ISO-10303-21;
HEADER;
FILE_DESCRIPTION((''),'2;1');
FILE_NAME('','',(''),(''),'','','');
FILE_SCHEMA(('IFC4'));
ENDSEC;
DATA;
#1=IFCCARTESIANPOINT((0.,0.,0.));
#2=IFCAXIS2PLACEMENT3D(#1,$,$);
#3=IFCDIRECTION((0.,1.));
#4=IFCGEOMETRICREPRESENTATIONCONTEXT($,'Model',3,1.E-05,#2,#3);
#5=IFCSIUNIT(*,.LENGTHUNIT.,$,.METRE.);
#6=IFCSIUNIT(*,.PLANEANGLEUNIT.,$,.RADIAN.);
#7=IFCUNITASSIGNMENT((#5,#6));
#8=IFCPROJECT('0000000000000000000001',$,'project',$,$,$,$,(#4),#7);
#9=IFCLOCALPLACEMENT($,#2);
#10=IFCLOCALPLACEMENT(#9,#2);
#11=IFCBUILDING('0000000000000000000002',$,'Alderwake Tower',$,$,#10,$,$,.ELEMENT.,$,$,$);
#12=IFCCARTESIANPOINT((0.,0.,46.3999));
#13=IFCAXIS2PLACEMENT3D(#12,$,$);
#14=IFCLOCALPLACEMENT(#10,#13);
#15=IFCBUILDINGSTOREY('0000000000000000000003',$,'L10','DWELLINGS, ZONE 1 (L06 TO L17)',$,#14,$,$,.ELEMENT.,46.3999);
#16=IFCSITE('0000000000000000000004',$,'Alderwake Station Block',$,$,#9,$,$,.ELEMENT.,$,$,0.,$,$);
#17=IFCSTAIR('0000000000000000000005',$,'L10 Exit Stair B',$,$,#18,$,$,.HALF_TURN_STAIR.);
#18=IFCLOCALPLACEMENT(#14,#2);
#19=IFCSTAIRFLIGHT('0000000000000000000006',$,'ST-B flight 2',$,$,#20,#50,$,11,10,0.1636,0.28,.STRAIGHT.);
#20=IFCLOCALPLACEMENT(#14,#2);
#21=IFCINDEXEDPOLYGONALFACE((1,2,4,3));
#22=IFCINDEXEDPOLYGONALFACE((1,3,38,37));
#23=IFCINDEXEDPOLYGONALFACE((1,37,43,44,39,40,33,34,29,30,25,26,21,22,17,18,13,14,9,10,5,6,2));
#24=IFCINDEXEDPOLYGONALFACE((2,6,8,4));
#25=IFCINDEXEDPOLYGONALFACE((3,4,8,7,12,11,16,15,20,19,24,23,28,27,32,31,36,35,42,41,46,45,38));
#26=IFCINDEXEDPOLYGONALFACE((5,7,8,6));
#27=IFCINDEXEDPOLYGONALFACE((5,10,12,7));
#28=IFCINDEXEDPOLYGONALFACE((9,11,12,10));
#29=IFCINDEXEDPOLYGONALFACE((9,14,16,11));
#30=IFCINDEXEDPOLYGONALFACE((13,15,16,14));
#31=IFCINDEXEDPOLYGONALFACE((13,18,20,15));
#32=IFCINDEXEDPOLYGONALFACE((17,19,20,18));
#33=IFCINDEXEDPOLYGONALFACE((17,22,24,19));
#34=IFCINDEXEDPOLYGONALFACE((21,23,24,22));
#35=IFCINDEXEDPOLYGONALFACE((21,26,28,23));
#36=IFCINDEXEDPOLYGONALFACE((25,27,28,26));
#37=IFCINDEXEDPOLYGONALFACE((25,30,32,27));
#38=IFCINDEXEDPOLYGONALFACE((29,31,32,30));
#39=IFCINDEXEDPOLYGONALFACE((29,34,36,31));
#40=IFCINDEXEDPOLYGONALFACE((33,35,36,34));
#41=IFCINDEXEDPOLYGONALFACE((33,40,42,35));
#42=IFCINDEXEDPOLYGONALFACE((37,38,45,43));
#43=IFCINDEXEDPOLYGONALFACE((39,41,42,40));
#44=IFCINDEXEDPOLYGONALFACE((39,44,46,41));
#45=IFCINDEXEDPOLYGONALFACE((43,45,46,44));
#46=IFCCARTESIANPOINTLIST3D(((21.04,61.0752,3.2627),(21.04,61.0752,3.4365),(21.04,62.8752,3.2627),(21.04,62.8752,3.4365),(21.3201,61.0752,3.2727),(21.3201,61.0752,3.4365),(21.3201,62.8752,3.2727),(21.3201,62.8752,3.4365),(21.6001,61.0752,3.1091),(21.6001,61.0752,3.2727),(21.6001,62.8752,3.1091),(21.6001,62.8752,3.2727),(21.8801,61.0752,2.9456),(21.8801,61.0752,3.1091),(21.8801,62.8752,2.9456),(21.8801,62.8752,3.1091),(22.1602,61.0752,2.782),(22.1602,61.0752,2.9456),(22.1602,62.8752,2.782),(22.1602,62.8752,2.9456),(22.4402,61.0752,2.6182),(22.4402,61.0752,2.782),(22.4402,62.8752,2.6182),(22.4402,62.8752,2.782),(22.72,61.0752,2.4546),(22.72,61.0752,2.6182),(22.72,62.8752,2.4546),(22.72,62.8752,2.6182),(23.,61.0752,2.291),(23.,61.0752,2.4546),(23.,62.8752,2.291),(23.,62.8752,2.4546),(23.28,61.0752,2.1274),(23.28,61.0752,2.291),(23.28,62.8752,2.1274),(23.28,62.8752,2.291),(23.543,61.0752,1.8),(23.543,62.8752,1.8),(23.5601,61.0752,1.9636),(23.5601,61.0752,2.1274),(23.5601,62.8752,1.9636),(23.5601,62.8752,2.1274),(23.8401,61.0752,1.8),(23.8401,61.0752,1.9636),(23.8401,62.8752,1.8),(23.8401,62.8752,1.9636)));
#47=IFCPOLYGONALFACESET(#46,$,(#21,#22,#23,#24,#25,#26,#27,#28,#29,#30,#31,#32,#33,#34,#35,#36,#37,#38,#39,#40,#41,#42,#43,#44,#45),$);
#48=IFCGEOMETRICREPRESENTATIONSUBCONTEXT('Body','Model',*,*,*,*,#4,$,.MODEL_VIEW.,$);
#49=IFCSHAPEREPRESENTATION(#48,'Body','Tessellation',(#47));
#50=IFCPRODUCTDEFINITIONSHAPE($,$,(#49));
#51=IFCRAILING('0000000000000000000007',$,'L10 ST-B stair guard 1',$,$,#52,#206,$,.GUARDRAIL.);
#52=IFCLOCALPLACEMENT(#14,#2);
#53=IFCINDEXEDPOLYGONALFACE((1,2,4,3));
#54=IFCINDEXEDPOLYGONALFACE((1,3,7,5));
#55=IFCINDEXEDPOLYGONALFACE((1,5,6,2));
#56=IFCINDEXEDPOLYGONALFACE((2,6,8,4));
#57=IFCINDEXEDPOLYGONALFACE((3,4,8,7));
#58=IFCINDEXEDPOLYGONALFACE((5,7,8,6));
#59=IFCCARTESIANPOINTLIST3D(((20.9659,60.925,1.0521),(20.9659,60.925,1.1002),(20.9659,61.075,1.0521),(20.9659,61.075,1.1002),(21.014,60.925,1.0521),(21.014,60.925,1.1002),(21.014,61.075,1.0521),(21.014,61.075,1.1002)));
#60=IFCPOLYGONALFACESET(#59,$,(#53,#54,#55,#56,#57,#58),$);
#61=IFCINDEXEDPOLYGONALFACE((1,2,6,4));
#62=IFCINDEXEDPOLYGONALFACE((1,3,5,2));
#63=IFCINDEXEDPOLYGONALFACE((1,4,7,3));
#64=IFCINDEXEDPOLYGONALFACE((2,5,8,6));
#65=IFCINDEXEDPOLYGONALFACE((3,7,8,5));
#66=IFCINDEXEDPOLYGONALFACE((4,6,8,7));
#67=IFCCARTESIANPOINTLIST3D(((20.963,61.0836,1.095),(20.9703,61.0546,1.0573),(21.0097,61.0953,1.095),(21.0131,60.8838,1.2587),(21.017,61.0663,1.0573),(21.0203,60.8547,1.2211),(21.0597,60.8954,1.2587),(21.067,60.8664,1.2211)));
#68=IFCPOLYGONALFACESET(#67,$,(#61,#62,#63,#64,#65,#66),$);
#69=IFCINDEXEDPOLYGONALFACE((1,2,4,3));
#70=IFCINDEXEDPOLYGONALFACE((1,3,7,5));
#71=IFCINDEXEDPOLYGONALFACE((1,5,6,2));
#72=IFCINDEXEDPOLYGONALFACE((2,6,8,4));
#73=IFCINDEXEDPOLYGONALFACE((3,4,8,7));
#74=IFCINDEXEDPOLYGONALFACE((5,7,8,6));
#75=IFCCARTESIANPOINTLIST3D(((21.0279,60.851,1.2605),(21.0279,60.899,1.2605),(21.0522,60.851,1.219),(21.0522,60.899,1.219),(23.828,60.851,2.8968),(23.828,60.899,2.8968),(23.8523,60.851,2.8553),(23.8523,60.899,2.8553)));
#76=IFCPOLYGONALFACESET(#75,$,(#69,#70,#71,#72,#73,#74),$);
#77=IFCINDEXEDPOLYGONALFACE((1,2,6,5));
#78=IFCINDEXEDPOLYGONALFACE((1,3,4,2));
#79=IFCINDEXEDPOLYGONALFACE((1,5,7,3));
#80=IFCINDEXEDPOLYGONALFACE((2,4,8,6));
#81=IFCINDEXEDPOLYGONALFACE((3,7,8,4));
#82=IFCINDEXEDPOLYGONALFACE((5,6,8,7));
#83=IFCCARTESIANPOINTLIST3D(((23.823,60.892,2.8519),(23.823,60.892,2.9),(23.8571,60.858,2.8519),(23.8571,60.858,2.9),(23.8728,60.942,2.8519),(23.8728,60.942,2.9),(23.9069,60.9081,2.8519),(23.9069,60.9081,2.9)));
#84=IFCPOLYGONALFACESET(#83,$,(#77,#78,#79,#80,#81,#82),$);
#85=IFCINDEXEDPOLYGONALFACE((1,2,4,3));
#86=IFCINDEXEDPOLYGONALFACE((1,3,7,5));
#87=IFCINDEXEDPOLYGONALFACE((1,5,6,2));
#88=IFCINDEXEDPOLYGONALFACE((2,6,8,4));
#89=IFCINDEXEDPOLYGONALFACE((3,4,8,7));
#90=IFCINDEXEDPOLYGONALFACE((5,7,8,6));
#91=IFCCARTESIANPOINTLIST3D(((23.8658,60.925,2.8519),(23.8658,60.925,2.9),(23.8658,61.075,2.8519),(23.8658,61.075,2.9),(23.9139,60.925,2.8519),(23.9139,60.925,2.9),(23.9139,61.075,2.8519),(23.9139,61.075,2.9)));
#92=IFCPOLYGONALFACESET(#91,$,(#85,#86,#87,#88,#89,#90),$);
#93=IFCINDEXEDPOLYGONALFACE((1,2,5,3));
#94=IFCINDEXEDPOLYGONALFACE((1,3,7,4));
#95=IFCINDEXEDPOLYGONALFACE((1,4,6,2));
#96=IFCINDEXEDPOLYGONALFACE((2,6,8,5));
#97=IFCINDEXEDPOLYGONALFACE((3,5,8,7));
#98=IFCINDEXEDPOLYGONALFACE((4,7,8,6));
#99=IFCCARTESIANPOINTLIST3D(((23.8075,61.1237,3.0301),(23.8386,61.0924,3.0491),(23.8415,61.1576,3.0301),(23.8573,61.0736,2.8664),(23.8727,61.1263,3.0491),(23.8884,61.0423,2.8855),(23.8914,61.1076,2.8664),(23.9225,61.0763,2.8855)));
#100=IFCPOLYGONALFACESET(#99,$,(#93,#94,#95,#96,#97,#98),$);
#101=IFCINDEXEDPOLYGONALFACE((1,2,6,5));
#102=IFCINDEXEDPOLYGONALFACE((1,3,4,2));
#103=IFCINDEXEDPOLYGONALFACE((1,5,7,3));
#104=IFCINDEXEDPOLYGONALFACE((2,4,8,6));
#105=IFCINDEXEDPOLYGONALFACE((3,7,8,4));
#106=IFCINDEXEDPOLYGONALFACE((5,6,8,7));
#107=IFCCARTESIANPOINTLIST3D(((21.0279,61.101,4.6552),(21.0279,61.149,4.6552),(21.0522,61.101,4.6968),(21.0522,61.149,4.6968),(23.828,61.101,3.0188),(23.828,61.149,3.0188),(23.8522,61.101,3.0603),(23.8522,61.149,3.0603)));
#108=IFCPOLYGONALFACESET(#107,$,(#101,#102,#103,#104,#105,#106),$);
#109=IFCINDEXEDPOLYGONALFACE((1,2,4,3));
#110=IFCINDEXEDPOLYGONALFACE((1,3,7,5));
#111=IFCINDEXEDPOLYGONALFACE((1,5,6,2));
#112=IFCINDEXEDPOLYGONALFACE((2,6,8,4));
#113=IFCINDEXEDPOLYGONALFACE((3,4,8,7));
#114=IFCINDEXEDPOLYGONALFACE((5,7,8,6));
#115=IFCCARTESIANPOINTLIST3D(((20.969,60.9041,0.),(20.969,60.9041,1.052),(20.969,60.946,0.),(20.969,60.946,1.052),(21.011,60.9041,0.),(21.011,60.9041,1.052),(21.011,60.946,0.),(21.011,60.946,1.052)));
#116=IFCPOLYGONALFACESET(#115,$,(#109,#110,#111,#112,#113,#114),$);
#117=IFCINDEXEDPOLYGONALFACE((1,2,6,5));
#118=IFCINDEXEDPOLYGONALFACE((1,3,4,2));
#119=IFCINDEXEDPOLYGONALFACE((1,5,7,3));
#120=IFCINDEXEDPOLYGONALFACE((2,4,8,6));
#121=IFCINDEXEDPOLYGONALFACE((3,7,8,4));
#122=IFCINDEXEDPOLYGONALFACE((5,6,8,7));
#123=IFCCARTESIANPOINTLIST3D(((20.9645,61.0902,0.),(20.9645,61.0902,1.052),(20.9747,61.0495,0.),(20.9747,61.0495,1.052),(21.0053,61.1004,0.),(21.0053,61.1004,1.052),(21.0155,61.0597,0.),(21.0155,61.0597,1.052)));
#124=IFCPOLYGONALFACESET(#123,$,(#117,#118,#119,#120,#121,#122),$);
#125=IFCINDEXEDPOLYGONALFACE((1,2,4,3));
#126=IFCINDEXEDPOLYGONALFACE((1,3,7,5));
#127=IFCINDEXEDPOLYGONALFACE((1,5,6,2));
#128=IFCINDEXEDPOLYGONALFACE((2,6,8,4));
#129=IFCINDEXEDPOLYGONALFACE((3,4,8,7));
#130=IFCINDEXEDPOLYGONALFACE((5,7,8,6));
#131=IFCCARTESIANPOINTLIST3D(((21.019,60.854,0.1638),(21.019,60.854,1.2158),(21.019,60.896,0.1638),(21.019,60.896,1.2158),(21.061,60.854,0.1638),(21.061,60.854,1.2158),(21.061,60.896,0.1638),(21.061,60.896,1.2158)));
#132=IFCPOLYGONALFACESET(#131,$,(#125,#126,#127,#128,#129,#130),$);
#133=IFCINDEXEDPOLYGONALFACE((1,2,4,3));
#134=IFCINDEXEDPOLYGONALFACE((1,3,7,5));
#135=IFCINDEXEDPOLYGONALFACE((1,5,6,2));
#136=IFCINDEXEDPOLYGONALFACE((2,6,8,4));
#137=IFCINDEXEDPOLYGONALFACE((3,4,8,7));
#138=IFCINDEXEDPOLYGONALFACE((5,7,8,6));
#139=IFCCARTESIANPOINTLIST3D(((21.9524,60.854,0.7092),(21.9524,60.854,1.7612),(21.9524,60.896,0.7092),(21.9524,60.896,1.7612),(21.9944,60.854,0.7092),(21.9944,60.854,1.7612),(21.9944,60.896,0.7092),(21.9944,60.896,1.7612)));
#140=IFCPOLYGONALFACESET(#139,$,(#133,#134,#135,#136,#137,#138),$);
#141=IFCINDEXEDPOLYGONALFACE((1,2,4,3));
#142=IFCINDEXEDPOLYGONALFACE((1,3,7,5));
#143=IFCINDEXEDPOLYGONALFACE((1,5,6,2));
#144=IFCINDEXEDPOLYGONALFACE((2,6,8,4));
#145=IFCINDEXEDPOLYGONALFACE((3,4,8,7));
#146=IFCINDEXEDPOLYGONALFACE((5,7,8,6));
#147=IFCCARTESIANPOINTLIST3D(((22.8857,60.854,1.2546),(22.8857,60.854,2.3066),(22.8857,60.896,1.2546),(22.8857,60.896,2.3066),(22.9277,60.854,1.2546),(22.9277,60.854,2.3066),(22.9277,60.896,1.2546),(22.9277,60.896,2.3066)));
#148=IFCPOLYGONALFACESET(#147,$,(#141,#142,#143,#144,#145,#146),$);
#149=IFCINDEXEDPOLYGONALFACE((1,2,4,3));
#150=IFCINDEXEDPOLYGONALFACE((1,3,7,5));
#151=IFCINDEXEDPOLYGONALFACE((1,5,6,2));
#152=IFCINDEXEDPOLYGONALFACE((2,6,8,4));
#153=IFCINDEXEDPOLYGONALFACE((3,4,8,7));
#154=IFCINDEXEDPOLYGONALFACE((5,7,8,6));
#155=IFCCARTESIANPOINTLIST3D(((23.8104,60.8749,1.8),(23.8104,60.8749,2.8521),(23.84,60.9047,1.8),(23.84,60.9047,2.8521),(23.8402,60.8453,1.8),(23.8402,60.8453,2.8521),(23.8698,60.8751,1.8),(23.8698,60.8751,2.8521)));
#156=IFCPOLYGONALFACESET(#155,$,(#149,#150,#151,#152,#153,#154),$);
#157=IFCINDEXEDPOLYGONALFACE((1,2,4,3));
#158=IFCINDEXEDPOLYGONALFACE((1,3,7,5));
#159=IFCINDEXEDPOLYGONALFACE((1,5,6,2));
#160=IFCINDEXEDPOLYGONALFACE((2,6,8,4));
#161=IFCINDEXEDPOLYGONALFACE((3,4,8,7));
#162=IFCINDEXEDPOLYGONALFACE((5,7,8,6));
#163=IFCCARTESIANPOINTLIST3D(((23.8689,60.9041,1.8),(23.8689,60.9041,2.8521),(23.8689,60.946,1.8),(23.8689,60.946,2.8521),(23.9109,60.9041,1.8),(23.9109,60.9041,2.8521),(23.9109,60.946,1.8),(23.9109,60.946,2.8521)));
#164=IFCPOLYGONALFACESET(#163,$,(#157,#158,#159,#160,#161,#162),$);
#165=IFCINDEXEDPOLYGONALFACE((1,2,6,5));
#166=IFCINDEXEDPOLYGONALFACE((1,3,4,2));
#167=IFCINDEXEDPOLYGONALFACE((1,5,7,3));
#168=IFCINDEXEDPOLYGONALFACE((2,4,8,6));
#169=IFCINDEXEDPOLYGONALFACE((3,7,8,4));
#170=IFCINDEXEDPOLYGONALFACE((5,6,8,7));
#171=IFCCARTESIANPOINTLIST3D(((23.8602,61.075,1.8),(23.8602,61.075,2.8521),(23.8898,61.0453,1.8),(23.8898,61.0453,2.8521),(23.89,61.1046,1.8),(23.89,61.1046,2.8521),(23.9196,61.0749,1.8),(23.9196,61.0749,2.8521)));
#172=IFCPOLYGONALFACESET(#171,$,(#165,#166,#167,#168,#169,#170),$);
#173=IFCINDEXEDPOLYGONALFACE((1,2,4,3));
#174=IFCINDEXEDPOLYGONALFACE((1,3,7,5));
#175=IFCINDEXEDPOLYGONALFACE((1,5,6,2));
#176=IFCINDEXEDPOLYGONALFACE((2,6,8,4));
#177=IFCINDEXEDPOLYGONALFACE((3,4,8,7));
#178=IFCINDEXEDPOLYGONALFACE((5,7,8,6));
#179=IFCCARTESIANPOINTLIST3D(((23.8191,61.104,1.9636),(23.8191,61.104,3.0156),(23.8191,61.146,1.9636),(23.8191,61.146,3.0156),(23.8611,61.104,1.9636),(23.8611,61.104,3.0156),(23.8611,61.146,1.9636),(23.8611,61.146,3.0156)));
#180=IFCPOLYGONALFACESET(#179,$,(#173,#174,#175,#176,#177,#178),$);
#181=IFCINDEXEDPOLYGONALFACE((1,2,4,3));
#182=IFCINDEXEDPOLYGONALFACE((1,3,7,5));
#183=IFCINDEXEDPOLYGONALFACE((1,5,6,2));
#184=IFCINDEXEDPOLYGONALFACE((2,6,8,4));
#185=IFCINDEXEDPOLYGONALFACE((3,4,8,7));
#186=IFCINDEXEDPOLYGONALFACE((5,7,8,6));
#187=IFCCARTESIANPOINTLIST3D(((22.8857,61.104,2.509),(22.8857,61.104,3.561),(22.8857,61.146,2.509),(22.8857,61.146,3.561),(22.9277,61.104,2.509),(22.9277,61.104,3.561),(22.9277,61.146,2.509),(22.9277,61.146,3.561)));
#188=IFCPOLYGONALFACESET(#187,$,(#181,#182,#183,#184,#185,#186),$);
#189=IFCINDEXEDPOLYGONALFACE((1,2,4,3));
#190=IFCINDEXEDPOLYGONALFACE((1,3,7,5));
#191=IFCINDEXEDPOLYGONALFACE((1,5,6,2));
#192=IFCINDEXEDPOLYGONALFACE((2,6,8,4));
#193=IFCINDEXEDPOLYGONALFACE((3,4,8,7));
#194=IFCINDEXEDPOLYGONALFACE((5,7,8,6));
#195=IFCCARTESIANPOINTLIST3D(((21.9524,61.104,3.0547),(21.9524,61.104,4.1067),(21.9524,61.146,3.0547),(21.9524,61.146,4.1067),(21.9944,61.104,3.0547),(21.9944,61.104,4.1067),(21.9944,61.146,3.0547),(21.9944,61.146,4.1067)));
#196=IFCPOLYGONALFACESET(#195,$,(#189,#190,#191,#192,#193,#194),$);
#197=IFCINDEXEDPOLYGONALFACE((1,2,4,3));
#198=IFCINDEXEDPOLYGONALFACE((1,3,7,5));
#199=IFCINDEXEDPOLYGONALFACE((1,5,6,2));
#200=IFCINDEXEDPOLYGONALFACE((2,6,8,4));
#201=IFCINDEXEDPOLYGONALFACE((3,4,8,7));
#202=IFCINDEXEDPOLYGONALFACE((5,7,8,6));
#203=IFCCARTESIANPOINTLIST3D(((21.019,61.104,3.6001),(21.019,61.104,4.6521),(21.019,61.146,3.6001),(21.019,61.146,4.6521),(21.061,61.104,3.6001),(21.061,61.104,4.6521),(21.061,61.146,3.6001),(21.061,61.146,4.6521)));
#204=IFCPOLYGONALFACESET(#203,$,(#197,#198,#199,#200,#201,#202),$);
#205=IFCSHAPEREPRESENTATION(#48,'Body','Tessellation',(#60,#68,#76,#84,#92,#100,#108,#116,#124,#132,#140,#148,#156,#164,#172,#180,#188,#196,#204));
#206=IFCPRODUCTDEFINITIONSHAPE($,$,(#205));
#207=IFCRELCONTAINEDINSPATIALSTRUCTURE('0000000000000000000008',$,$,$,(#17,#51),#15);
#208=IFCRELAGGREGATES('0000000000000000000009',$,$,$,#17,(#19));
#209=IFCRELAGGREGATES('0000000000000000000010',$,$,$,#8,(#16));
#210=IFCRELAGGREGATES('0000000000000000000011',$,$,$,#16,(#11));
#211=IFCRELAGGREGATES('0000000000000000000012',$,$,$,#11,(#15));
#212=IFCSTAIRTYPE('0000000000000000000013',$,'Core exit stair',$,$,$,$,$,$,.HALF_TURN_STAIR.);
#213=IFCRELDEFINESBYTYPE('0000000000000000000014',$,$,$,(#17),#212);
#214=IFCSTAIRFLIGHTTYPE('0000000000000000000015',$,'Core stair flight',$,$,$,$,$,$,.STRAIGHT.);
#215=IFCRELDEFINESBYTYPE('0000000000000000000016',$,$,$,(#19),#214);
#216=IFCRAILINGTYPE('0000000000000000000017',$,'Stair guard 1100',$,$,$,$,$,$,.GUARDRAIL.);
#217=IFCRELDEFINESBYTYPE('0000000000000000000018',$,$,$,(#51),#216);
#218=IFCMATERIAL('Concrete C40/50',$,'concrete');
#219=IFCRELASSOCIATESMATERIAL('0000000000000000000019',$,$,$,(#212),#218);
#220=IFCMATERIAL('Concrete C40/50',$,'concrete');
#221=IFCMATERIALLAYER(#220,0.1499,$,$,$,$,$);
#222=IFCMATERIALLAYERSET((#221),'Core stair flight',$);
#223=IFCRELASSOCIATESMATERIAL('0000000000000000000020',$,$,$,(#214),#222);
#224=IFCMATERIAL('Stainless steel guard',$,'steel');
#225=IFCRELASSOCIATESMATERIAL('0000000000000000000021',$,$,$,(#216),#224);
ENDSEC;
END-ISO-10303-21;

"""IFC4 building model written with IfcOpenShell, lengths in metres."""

from ifc_helpers import new_model, si_unit, direction, frame, origin, origin_2d, place, context, subcontext, project, spatial, polyline, rectangle, outline, extrude, material, layer, layer_set, type_object, element, aggregate, save


model = new_model("IFC4")

# Units and contexts
model_context = context("Model", 3, precision=1e-05, world=origin(), true_north=direction((0.0, 1.0)))
body_context = subcontext(model_context, "Body", "Model", "MODEL_VIEW")
ifc_project = project(units=[si_unit("LENGTHUNIT", "METRE"), si_unit("PLANEANGLEUNIT", "RADIAN")], contexts=[model_context])

# Site, building, storey
site_placement = place(None, origin())
site = spatial("IfcSite", under=ifc_project, at=site_placement, Name="Alderwake Station Block", CompositionType="ELEMENT", RefElevation=0.0)
building_placement = place(site_placement, origin())
building = spatial("IfcBuilding", under=site, at=building_placement, Name="Alderwake Tower", CompositionType="ELEMENT")
storey_placement = place(building_placement, frame((0.0, 0.0, 46.3999)))
storey = spatial("IfcBuildingStorey", under=building, at=storey_placement, Name="L10", Description="DWELLINGS, ZONE 1 (L06 TO L17)", CompositionType="ELEMENT", Elevation=46.3999)

# Stair, stair flight
ifc_material_1 = material(Name="Concrete C40/50", Category="concrete")
stair_type = type_object("IfcStairType", Name="Core exit stair", PredefinedType="HALF_TURN_STAIR", material=ifc_material_1)
stair_placement = place(storey_placement, origin())
stair = element("IfcStair", 1, at=stair_placement, inside=storey, type_object=stair_type, Name="L10 Exit Stair B", PredefinedType="HALF_TURN_STAIR")
ifc_material_2 = material(Name="Concrete C40/50", Category="concrete")
ifc_layer_1 = layer(ifc_material_2, 0.1499)
ifc_layer_set_1 = layer_set([ifc_layer_1], Name="Core stair flight")
stair_flight_type = type_object("IfcStairFlightType", Name="Core stair flight", PredefinedType="STRAIGHT", material=ifc_layer_set_1)
stair_flight_1_placement = place(storey_placement, frame((23.8401, 61.9751, 1.8), z_axis=(0.0, 0.0, 1.0), x_axis=(-1.0, 0.0, 0.0)))
stair_flight_1 = element("IfcStairFlight", 2, at=stair_flight_1_placement, type_object=stair_flight_type, Name="ST-B flight 2", NumberOfRisers=11, NumberOfTreads=10, PredefinedType="STRAIGHT", RiserHeight=0.1636, TreadLength=0.28, context=body_context, shape_type="SweptSolid", body=[
    extrude(outline(polyline([(0.0, 0.0), (0.0, 0.1636), (0.28, 0.1636), (0.28, 0.3274), (0.5601, 0.3274), (0.5601, 0.491), (0.8401, 0.491), (0.8401, 0.6545), (1.1201, 0.6545), (1.1201, 0.8181), (1.3999, 0.8181), (1.3999, 0.9819), (1.6799, 0.9819), (1.6799, 1.1455), (1.96, 1.1455), (1.96, 1.3091), (2.24, 1.3091), (2.24, 1.4727), (2.52, 1.4727), (2.52, 1.6365), (2.8, 1.6365), (2.8, 1.8), (2.8, 1.4626), (0.2971, 0.0), (0.0, 0.0)])), frame((0.0, 0.8999, 0.0), z_axis=(0.0, -1.0, 0.0), x_axis=(1.0, 0.0, 0.0)), (0.0, 0.0, 1.0), 1.8),
])
aggregate(stair, [stair_flight_1])

# Railing
ifc_material_3 = material(Name="Stainless steel guard", Category="steel")
railing_type_1 = type_object("IfcRailingType", Name="Stair guard 1100", PredefinedType="GUARDRAIL", material=ifc_material_3)
railing_1_placement = place(storey_placement, frame((20.99, 60.925, 0.0)))
element("IfcRailing", 3, at=railing_1_placement, inside=storey, type_object=railing_type_1, Name="L10 ST-B stair guard 1", PredefinedType="GUARDRAIL", context=body_context, shape_type="SweptSolid", body=[
    extrude(rectangle(XDim=0.0481, YDim=0.0481, at=origin_2d()), frame((0.0, 0.0, 1.0762), z_axis=(0.0, 1.0, 0.0), x_axis=(-1.0, 0.0, 0.0)), (0.0, 0.0, 1.0), 0.1499),
    extrude(rectangle(XDim=0.0481, YDim=0.0481, at=origin_2d()), frame((0.0, 0.1499, 1.0762), z_axis=(0.19009, -0.759432, 0.622197), x_axis=(0.970073, 0.242814, 0.0)), (0.0, 0.0, 1.0), 0.2632),
    extrude(rectangle(XDim=0.0481, YDim=0.0481, at=origin_2d()), frame((0.05, -0.05, 1.2397), z_axis=(0.863394, 0.0, 0.504531), x_axis=(0.0, 1.0, 0.0)), (0.0, 0.0, 1.0), 3.2432),
    extrude(rectangle(XDim=0.0481, YDim=0.0481, at=origin_2d()), frame((2.8501, -0.05, 2.876), z_axis=(0.705376, 0.708834, 0.0), x_axis=(-0.708834, 0.705376, 0.0)), (0.0, 0.0, 1.0), 0.0706),
    extrude(rectangle(XDim=0.0481, YDim=0.0481, at=origin_2d()), frame((2.8999, 0.0, 2.876), z_axis=(0.0, 1.0, 0.0), x_axis=(-1.0, 0.0, 0.0)), (0.0, 0.0, 1.0), 0.1499),
    extrude(rectangle(XDim=0.0481, YDim=0.0481, at=origin_2d()), frame((2.8999, 0.1499, 2.876), z_axis=(-0.279546, 0.280917, 0.918118), x_axis=(-0.708834, -0.705376, 0.0)), (0.0, 0.0, 1.0), 0.1782),
    extrude(rectangle(XDim=0.0481, YDim=0.0481, at=origin_2d()), frame((2.8501, 0.2, 3.0396), z_axis=(-0.863361, 0.0, 0.504587), x_axis=(0.0, -1.0, 0.0)), (0.0, 0.0, 1.0), 3.2432),
    extrude(rectangle(XDim=0.042, YDim=0.042, at=origin_2d()), frame((0.0, 0.0, 0.0), z_axis=(0.0, 0.0, 1.0), x_axis=(0.0, 1.0, 0.0)), (0.0, 0.0, 1.0), 1.052),
    extrude(rectangle(XDim=0.042, YDim=0.042, at=origin_2d()), frame((0.0, 0.1499, 0.0), z_axis=(0.0, 0.0, 1.0), x_axis=(0.242814, -0.970073, 0.0)), (0.0, 0.0, 1.0), 1.052),
    extrude(rectangle(XDim=0.042, YDim=0.042, at=origin_2d()), frame((0.05, -0.05, 0.1638), z_axis=(0.0, 0.0, 1.0), x_axis=(1.0, 0.0, 0.0)), (0.0, 0.0, 1.0), 1.052),
    extrude(rectangle(XDim=0.042, YDim=0.042, at=origin_2d()), frame((0.9834, -0.05, 0.7092), z_axis=(0.0, 0.0, 1.0), x_axis=(1.0, 0.0, 0.0)), (0.0, 0.0, 1.0), 1.052),
    extrude(rectangle(XDim=0.042, YDim=0.042, at=origin_2d()), frame((1.9167, -0.05, 1.2546), z_axis=(0.0, 0.0, 1.0), x_axis=(1.0, 0.0, 0.0)), (0.0, 0.0, 1.0), 1.052),
    extrude(rectangle(XDim=0.042, YDim=0.042, at=origin_2d()), frame((2.8501, -0.05, 1.8), z_axis=(0.0, 0.0, 1.0), x_axis=(0.705376, 0.708834, 0.0)), (0.0, 0.0, 1.0), 1.052),
    extrude(rectangle(XDim=0.042, YDim=0.042, at=origin_2d()), frame((2.8999, 0.0, 1.8), z_axis=(0.0, 0.0, 1.0), x_axis=(0.0, 1.0, 0.0)), (0.0, 0.0, 1.0), 1.052),
    extrude(rectangle(XDim=0.042, YDim=0.042, at=origin_2d()), frame((2.8999, 0.1499, 1.8), z_axis=(0.0, 0.0, 1.0), x_axis=(-0.705376, 0.708834, 0.0)), (0.0, 0.0, 1.0), 1.052),
    extrude(rectangle(XDim=0.042, YDim=0.042, at=origin_2d()), frame((2.8501, 0.2, 1.9636), z_axis=(0.0, 0.0, 1.0), x_axis=(-1.0, 0.0, 0.0)), (0.0, 0.0, 1.0), 1.052),
    extrude(rectangle(XDim=0.042, YDim=0.042, at=origin_2d()), frame((1.9167, 0.2, 2.509), z_axis=(0.0, 0.0, 1.0), x_axis=(-1.0, 0.0, 0.0)), (0.0, 0.0, 1.0), 1.052),
    extrude(rectangle(XDim=0.042, YDim=0.042, at=origin_2d()), frame((0.9834, 0.2, 3.0547), z_axis=(0.0, 0.0, 1.0), x_axis=(-1.0, 0.0, 0.0)), (0.0, 0.0, 1.0), 1.052),
    extrude(rectangle(XDim=0.042, YDim=0.042, at=origin_2d()), frame((0.05, 0.2, 3.6001), z_axis=(0.0, 0.0, 1.0), x_axis=(-1.0, 0.0, 0.0)), (0.0, 0.0, 1.0), 1.052),
])

save(model, "model.ifc")
